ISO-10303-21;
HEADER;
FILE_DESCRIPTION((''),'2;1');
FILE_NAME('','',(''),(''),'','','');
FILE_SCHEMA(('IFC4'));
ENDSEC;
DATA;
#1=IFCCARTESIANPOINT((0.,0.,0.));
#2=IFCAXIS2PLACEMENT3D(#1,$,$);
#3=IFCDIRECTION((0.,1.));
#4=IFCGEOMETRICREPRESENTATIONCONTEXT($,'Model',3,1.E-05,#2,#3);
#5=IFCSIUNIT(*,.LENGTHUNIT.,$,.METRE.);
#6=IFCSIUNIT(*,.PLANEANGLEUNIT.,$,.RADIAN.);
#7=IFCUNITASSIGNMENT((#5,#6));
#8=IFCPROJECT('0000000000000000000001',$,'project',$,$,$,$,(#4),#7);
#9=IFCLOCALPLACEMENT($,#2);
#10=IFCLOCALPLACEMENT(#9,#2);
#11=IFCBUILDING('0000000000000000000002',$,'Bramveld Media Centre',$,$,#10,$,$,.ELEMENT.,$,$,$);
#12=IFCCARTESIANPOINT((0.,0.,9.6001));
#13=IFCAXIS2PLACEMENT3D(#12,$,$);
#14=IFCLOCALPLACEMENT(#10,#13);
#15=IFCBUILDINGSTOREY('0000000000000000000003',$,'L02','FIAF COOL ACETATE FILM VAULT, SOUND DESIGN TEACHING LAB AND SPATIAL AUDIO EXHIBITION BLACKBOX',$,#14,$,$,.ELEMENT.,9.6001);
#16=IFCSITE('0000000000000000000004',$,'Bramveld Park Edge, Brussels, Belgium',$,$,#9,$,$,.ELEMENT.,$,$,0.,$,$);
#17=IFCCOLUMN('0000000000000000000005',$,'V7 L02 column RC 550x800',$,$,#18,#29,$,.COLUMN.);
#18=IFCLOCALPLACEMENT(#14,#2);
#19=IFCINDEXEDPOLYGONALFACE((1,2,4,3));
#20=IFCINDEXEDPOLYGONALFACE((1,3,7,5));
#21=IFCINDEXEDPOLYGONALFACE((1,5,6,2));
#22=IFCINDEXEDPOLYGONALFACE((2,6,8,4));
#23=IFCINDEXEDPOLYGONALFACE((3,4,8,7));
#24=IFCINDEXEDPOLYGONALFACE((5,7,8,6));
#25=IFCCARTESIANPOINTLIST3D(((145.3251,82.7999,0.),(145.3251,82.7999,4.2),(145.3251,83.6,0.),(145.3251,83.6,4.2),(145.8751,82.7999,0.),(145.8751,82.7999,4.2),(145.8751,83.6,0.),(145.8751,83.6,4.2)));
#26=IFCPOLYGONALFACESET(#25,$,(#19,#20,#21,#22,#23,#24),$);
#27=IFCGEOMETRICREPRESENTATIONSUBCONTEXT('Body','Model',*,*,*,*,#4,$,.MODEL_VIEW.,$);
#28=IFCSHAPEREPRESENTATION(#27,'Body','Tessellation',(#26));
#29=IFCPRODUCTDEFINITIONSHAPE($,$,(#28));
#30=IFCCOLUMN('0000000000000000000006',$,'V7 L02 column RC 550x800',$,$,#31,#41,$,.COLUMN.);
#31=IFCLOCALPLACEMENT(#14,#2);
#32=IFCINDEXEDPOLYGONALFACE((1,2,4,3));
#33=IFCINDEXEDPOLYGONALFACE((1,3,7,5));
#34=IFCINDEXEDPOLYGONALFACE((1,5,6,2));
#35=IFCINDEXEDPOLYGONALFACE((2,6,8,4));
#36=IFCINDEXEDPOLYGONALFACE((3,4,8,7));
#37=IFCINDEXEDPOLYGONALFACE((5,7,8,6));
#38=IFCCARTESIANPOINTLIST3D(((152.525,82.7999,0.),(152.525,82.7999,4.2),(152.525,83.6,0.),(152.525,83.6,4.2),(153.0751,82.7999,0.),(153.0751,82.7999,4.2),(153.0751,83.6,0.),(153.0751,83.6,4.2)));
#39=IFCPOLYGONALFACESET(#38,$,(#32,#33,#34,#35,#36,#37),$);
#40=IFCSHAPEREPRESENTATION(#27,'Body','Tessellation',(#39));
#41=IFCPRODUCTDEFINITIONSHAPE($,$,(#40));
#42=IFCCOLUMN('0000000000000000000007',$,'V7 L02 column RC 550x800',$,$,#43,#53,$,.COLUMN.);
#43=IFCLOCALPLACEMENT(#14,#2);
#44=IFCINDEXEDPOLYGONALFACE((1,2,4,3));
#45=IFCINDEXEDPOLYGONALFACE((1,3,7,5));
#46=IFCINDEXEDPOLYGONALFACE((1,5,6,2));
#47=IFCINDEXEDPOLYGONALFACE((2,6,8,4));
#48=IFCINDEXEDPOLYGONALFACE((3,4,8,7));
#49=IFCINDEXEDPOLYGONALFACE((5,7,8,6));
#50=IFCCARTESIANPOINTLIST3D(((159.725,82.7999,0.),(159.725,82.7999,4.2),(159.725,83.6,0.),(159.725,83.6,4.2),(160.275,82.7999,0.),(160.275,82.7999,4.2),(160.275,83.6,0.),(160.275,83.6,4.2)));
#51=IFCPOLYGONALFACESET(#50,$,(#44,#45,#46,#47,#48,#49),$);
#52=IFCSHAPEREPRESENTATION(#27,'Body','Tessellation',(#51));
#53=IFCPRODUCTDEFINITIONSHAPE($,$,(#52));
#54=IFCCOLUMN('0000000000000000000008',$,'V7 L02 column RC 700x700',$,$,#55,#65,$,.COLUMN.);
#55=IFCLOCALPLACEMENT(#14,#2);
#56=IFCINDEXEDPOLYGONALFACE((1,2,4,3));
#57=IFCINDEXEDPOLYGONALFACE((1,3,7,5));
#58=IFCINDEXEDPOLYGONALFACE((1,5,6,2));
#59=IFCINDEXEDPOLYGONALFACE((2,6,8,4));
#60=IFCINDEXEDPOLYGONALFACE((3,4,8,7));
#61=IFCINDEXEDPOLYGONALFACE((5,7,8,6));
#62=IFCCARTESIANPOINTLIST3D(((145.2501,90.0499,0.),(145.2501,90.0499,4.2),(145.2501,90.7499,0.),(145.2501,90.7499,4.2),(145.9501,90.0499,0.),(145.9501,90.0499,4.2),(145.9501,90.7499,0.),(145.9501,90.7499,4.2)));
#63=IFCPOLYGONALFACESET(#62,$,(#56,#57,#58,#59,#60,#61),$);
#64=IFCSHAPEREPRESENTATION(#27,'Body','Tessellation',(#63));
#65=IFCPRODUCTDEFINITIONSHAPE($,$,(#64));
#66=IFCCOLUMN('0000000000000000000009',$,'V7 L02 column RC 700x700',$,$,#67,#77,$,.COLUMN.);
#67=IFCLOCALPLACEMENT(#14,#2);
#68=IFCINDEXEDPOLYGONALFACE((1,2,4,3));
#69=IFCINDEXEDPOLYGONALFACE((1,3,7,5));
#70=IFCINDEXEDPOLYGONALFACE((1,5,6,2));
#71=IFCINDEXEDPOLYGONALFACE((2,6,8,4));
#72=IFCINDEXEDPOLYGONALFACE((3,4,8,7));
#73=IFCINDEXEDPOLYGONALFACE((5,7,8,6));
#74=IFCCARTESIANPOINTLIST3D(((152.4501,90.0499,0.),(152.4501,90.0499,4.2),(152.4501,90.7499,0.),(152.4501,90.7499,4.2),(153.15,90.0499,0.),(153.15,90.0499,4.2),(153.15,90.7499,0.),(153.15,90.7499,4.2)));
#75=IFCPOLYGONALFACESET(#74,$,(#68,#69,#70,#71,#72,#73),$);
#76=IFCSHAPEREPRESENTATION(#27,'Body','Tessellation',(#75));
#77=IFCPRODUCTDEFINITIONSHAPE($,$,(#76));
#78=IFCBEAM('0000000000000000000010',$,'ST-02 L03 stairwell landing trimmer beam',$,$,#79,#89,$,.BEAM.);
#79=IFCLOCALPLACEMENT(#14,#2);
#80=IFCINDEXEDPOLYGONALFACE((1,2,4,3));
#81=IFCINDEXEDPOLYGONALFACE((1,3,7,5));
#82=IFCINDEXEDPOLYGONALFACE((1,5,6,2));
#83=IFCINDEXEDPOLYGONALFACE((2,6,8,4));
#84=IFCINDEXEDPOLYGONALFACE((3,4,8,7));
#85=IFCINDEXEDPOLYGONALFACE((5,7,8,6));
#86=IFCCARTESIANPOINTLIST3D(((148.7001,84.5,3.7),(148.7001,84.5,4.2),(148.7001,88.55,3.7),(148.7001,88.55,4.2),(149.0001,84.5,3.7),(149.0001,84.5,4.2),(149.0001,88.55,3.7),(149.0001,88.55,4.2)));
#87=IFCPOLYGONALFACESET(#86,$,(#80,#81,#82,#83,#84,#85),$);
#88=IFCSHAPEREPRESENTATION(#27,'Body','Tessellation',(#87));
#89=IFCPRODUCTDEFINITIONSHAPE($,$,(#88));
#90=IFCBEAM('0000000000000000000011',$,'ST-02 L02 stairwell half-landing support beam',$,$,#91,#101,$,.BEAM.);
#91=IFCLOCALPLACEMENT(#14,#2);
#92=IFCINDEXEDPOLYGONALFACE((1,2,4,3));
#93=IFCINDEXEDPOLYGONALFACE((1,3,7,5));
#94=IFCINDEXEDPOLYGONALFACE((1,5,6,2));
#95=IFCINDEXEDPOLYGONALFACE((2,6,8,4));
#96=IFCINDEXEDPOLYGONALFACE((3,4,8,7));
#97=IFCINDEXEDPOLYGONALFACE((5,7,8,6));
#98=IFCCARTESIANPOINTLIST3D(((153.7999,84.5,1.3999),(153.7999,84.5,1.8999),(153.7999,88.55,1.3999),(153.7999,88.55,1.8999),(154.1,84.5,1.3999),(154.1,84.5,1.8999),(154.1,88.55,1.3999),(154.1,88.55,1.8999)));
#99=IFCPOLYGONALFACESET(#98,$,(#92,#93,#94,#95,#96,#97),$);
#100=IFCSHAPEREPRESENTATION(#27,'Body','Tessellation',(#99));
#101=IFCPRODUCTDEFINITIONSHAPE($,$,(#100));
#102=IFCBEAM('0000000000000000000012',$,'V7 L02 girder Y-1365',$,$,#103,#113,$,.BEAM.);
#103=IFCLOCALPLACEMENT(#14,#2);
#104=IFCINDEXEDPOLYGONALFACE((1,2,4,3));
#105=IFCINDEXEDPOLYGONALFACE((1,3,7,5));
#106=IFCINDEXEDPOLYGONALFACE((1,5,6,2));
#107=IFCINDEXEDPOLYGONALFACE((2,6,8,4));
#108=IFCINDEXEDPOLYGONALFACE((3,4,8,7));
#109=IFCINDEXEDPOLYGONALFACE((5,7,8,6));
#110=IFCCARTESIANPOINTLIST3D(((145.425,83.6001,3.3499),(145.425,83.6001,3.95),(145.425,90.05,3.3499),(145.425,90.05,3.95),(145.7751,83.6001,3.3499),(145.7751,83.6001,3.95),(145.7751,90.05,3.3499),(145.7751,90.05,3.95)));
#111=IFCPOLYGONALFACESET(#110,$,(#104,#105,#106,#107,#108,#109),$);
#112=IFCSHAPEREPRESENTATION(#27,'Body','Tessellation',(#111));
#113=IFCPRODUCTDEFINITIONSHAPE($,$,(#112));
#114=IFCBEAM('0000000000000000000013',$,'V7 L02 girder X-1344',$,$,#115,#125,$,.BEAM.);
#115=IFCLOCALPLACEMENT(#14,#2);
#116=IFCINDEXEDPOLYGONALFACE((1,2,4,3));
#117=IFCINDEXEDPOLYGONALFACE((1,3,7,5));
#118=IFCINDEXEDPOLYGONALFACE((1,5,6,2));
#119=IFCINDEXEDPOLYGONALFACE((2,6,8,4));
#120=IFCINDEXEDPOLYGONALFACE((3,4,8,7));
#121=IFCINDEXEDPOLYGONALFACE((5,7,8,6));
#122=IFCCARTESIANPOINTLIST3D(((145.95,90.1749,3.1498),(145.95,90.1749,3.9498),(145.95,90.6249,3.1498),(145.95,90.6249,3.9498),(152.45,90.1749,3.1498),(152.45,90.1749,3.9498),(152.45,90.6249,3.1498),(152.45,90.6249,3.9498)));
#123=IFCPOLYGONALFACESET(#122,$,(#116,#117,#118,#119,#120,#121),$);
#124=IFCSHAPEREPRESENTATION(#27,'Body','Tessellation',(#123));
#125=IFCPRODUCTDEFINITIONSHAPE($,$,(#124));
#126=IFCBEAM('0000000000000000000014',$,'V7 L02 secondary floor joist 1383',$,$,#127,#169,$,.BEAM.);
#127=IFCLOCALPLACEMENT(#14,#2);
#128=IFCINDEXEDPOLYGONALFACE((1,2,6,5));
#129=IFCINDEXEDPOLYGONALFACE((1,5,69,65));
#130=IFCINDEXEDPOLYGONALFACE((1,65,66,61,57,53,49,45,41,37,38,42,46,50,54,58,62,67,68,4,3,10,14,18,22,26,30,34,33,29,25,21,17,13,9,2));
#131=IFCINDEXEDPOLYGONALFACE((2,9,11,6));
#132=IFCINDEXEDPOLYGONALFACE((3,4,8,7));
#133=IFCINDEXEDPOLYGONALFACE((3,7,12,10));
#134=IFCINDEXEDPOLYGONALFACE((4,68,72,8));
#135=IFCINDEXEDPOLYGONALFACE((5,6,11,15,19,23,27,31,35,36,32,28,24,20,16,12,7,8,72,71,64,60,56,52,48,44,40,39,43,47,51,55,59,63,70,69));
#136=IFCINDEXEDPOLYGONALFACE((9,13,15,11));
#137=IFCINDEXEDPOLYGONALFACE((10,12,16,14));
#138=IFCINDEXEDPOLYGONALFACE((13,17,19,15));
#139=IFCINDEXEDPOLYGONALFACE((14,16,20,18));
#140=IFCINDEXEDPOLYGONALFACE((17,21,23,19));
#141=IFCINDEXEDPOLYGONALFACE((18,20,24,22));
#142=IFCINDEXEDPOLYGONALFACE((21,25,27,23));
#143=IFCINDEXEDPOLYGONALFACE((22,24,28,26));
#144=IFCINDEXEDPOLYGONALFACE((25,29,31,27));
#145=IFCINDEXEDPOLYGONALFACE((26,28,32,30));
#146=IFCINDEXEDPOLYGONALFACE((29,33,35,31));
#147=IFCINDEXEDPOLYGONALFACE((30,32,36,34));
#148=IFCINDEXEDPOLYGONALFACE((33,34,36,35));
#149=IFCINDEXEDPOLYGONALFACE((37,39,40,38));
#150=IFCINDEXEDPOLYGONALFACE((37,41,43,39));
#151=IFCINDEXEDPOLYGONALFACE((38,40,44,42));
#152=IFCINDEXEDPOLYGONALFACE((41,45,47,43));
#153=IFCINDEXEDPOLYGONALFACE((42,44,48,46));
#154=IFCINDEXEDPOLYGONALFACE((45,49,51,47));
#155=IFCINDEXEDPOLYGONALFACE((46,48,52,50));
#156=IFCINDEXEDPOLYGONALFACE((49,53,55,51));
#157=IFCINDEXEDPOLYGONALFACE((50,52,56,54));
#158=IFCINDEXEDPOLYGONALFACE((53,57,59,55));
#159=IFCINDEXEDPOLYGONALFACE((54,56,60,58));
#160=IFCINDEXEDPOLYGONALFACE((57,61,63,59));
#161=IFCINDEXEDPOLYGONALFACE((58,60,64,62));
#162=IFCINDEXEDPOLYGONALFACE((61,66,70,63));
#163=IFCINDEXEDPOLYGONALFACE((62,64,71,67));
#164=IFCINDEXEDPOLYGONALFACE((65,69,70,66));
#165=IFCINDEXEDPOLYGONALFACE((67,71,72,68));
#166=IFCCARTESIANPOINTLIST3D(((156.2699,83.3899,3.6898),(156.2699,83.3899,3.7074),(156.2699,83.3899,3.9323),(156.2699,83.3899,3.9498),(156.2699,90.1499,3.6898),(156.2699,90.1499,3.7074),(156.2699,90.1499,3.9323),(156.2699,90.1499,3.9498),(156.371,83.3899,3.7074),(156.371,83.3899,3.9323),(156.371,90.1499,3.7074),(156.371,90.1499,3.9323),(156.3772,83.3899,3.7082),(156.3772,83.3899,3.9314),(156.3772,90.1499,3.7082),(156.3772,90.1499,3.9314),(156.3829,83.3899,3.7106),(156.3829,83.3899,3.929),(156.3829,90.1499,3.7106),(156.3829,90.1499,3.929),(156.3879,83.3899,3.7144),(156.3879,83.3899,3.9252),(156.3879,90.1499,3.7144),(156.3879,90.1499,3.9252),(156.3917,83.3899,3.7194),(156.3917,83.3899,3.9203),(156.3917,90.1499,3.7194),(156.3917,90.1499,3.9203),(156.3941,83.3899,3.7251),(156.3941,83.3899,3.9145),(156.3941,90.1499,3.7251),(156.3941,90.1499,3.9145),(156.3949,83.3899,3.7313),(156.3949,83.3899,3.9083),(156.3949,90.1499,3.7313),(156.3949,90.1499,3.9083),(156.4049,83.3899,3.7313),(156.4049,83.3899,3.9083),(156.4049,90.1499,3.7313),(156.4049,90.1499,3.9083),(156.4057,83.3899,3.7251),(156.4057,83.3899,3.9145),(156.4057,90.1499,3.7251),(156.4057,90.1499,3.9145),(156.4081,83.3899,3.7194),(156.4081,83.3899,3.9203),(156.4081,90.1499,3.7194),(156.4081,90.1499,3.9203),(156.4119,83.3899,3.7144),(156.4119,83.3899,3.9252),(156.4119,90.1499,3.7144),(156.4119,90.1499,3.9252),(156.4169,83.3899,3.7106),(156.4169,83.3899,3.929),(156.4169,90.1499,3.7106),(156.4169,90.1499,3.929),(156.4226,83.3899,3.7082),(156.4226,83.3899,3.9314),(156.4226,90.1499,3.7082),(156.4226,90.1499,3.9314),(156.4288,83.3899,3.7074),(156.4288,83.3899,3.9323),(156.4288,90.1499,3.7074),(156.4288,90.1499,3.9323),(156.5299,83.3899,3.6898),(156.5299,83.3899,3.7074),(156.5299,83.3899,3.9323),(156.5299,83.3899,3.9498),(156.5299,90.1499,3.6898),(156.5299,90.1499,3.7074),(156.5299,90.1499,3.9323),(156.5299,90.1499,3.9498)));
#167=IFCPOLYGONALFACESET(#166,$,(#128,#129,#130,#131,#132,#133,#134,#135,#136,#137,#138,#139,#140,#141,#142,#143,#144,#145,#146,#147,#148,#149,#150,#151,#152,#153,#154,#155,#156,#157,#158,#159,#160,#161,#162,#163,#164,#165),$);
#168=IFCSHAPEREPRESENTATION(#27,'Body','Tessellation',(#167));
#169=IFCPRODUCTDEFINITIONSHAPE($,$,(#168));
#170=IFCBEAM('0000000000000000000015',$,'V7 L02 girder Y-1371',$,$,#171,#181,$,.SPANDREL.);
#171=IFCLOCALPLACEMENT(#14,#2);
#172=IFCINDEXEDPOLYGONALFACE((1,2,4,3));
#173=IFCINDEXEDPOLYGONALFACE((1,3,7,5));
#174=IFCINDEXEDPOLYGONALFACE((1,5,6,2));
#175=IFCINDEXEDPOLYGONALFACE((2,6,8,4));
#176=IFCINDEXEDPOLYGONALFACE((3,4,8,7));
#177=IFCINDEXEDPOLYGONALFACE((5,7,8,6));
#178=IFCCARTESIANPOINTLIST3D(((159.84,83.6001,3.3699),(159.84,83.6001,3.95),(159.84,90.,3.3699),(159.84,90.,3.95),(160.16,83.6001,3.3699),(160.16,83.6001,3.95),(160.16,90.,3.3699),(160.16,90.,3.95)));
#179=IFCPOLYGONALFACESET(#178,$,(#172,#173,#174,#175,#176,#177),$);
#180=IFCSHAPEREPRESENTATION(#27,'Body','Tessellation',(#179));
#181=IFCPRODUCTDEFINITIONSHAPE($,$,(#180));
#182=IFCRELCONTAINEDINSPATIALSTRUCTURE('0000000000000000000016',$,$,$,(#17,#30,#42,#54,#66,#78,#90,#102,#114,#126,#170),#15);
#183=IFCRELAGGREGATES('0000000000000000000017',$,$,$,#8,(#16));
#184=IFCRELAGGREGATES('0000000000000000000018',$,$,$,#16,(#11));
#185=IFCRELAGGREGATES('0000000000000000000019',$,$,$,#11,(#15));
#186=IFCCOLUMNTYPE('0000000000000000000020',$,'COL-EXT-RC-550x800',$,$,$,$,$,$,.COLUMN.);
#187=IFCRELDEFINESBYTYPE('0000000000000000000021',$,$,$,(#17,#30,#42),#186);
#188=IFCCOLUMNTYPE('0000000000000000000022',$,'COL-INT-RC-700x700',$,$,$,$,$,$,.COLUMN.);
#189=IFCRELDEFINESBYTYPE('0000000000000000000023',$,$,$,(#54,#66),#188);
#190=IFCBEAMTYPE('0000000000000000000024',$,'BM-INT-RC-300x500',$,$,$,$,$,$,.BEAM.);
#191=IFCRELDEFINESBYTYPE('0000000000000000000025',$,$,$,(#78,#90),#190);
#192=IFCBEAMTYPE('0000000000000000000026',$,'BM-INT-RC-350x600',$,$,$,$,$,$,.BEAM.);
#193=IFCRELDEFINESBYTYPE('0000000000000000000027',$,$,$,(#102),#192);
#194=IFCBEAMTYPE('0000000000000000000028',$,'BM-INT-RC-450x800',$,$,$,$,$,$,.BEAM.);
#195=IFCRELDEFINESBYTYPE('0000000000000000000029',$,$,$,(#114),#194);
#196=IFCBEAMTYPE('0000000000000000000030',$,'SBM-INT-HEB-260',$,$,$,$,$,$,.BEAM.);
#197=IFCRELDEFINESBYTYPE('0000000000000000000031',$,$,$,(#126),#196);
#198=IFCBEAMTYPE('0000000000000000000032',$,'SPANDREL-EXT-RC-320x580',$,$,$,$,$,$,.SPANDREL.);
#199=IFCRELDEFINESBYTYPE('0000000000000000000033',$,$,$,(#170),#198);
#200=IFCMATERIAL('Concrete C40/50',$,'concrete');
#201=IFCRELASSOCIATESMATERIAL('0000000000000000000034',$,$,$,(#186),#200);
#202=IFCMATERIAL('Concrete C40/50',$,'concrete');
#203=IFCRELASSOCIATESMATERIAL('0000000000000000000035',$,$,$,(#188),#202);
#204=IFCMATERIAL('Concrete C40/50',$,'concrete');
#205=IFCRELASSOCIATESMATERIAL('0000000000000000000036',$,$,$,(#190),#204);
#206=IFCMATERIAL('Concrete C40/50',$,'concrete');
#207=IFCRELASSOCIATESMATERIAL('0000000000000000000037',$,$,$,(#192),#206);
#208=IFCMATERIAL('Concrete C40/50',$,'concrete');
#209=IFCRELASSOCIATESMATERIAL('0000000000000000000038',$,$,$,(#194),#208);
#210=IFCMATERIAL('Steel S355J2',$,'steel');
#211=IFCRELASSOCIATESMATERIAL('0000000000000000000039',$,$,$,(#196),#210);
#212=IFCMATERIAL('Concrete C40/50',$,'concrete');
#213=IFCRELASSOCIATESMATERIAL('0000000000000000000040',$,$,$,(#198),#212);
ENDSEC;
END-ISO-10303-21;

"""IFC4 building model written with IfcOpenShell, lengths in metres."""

from ifc_helpers import new_model, si_unit, direction, frame, origin, origin_2d, place, context, subcontext, project, spatial, rectangle, i_section, extrude, material, material_profile, profile_set, type_object, element, save


model = new_model("IFC4")

# Units and contexts
model_context = context("Model", 3, precision=1e-05, world=origin(), true_north=direction((0.0, 1.0)))
body_context = subcontext(model_context, "Body", "Model", "MODEL_VIEW")
ifc_project = project(units=[si_unit("LENGTHUNIT", "METRE"), si_unit("PLANEANGLEUNIT", "RADIAN")], contexts=[model_context])

# Site, building, storey
site_placement = place(None, origin())
site = spatial("IfcSite", under=ifc_project, at=site_placement, Name="Bramveld Park Edge, Brussels, Belgium", CompositionType="ELEMENT", RefElevation=0.0)
building_placement = place(site_placement, origin())
building = spatial("IfcBuilding", under=site, at=building_placement, Name="Bramveld Media Centre", CompositionType="ELEMENT")
storey_placement = place(building_placement, frame((0.0, 0.0, 9.6001)))
storey = spatial("IfcBuildingStorey", under=building, at=storey_placement, Name="L02", Description="FIAF COOL ACETATE FILM VAULT, SOUND DESIGN TEACHING LAB AND SPATIAL AUDIO EXHIBITION BLACKBOX", CompositionType="ELEMENT", Elevation=9.6001)

# Columns
ifc_material_1 = material(Name="Concrete C40/50", Category="concrete")
ifc_material_profile_1 = material_profile(ifc_material_1, rectangle(XDim=0.55, YDim=0.8, at=origin_2d()), Name="RC 550x800")
ifc_profile_set_1 = profile_set([ifc_material_profile_1], Name="Concrete C40/50")
column_type_1 = type_object("IfcColumnType", Name="COL-EXT-RC-550x800", PredefinedType="COLUMN", material=ifc_profile_set_1)
for number, where, z_axis, x_axis, name in (
    (1, (145.6001, 83.2, 0.0), (0.0, 0.0, 1.0), (1.0, 0.0, 0.0), "V7 L02 column RC 550x800"),
    (2, (152.8, 83.2, 0.0), (0.0, 0.0, 1.0), (1.0, 0.0, 0.0), "V7 L02 column RC 550x800"),
    (3, (160.0, 83.2, 0.0), (0.0, 0.0, 1.0), (1.0, 0.0, 0.0), "V7 L02 column RC 550x800"),
):
    element("IfcColumn", number, at=place(storey_placement, frame(where, z_axis=z_axis, x_axis=x_axis)), inside=storey, type_object=column_type_1, Name=name, PredefinedType="COLUMN", context=body_context, shape_type="SweptSolid", body=[
        extrude(rectangle(XDim=0.55, YDim=0.8, at=origin_2d()), origin(), (0.0, 0.0, 1.0), 4.2),
    ])
ifc_material_2 = material(Name="Concrete C40/50", Category="concrete")
ifc_material_profile_2 = material_profile(ifc_material_2, rectangle(XDim=0.7, YDim=0.7, at=origin_2d()), Name="RC 700x700")
ifc_profile_set_2 = profile_set([ifc_material_profile_2], Name="Concrete C40/50")
column_type_2 = type_object("IfcColumnType", Name="COL-INT-RC-700x700", PredefinedType="COLUMN", material=ifc_profile_set_2)
for number, where, z_axis, x_axis, name in (
    (4, (145.6001, 90.3999, 0.0), (0.0, 0.0, 1.0), (1.0, 0.0, 0.0), "V7 L02 column RC 700x700"),
    (5, (152.8, 90.3999, 0.0), (0.0, 0.0, 1.0), (1.0, 0.0, 0.0), "V7 L02 column RC 700x700"),
):
    element("IfcColumn", number, at=place(storey_placement, frame(where, z_axis=z_axis, x_axis=x_axis)), inside=storey, type_object=column_type_2, Name=name, PredefinedType="COLUMN", context=body_context, shape_type="SweptSolid", body=[
        extrude(rectangle(XDim=0.7, YDim=0.7, at=origin_2d()), origin(), (0.0, 0.0, 1.0), 4.2),
    ])

# Beams
ifc_material_3 = material(Name="Concrete C40/50", Category="concrete")
ifc_material_profile_3 = material_profile(ifc_material_3, rectangle(XDim=0.3, YDim=0.5, at=origin_2d()), Name="RC 300x500")
ifc_profile_set_3 = profile_set([ifc_material_profile_3], Name="Concrete C40/50")
beam_type_1 = type_object("IfcBeamType", Name="BM-INT-RC-300x500", PredefinedType="BEAM", material=ifc_profile_set_3)
for number, where, z_axis, x_axis, name in (
    (6, (148.8501, 84.5, 3.95), (0.0, 1.0, 0.0), (-1.0, 0.0, 0.0), "ST-02 L03 stairwell landing trimmer beam"),
    (7, (153.95, 84.5, 1.6499), (0.0, 1.0, 0.0), (-1.0, 0.0, 0.0), "ST-02 L02 stairwell half-landing support beam"),
):
    element("IfcBeam", number, at=place(storey_placement, frame(where, z_axis=z_axis, x_axis=x_axis)), inside=storey, type_object=beam_type_1, Name=name, PredefinedType="BEAM", context=body_context, shape_type="SweptSolid", body=[
        extrude(rectangle(XDim=0.3, YDim=0.5, at=origin_2d()), origin(), (0.0, 0.0, 1.0), 4.05),
    ])
ifc_material_4 = material(Name="Concrete C40/50", Category="concrete")
ifc_material_profile_4 = material_profile(ifc_material_4, rectangle(XDim=0.3501, YDim=0.6001, at=origin_2d()), Name="RC 350x600")
ifc_profile_set_4 = profile_set([ifc_material_profile_4], Name="Concrete C40/50")
beam_type_2 = type_object("IfcBeamType", Name="BM-INT-RC-350x600", PredefinedType="BEAM", material=ifc_profile_set_4)
beam_1_placement = place(storey_placement, frame((145.6001, 83.6001, 3.6499), z_axis=(0.0, 1.0, 0.0), x_axis=(-1.0, 0.0, 0.0)))
element("IfcBeam", 8, at=beam_1_placement, inside=storey, type_object=beam_type_2, Name="V7 L02 girder Y-1365", PredefinedType="BEAM", context=body_context, shape_type="SweptSolid", body=[
    extrude(rectangle(XDim=0.3501, YDim=0.6001, at=origin_2d()), origin(), (0.0, 0.0, 1.0), 6.45),
])
ifc_material_5 = material(Name="Concrete C40/50", Category="concrete")
ifc_material_profile_5 = material_profile(ifc_material_5, rectangle(XDim=0.45, YDim=0.8, at=origin_2d()), Name="RC 450x800")
ifc_profile_set_5 = profile_set([ifc_material_profile_5], Name="Concrete C40/50")
beam_type_3 = type_object("IfcBeamType", Name="BM-INT-RC-450x800", PredefinedType="BEAM", material=ifc_profile_set_5)
beam_2_placement = place(storey_placement, frame((145.95, 90.3999, 3.5498), z_axis=(1.0, 0.0, 0.0), x_axis=(0.0, 1.0, 0.0)))
element("IfcBeam", 9, at=beam_2_placement, inside=storey, type_object=beam_type_3, Name="V7 L02 girder X-1344", PredefinedType="BEAM", context=body_context, shape_type="SweptSolid", body=[
    extrude(rectangle(XDim=0.45, YDim=0.8, at=origin_2d()), origin(), (0.0, 0.0, 1.0), 6.5),
])
ifc_material_6 = material(Name="Steel S355J2", Category="steel")
ifc_material_profile_6 = material_profile(ifc_material_6, i_section(OverallWidth=0.26, OverallDepth=0.26, WebThickness=0.01, FlangeThickness=0.0176, FilletRadius=0.0239, at=origin_2d()), Name="HEB 260")
ifc_profile_set_6 = profile_set([ifc_material_profile_6], Name="Steel S355J2")
beam_type_4 = type_object("IfcBeamType", Name="SBM-INT-HEB-260", PredefinedType="BEAM", material=ifc_profile_set_6)
beam_3_placement = place(storey_placement, frame((156.3999, 83.3899, 3.8198), z_axis=(0.0, 1.0, 0.0), x_axis=(-1.0, 0.0, 0.0)))
element("IfcBeam", 10, at=beam_3_placement, inside=storey, type_object=beam_type_4, Name="V7 L02 secondary floor joist 1383", PredefinedType="BEAM", context=body_context, shape_type="SweptSolid", body=[
    extrude(i_section(OverallWidth=0.26, OverallDepth=0.26, WebThickness=0.01, FlangeThickness=0.0176, FilletRadius=0.0239, at=origin_2d()), origin(), (0.0, 0.0, 1.0), 6.76),
])
ifc_material_7 = material(Name="Concrete C40/50", Category="concrete")
ifc_material_profile_7 = material_profile(ifc_material_7, rectangle(XDim=0.3201, YDim=0.5801, at=origin_2d()), Name="RC 320x580")
ifc_profile_set_7 = profile_set([ifc_material_profile_7], Name="Concrete C40/50")
beam_type_5 = type_object("IfcBeamType", Name="SPANDREL-EXT-RC-320x580", PredefinedType="SPANDREL", material=ifc_profile_set_7)
beam_4_placement = place(storey_placement, frame((160.0, 83.6001, 3.6599), z_axis=(0.0, 1.0, 0.0), x_axis=(-1.0, 0.0, 0.0)))
element("IfcBeam", 11, at=beam_4_placement, inside=storey, type_object=beam_type_5, Name="V7 L02 girder Y-1371", PredefinedType="SPANDREL", context=body_context, shape_type="SweptSolid", body=[
    extrude(rectangle(XDim=0.3201, YDim=0.5801, at=origin_2d()), origin(), (0.0, 0.0, 1.0), 6.3999),
])

save(model, "model.ifc")
